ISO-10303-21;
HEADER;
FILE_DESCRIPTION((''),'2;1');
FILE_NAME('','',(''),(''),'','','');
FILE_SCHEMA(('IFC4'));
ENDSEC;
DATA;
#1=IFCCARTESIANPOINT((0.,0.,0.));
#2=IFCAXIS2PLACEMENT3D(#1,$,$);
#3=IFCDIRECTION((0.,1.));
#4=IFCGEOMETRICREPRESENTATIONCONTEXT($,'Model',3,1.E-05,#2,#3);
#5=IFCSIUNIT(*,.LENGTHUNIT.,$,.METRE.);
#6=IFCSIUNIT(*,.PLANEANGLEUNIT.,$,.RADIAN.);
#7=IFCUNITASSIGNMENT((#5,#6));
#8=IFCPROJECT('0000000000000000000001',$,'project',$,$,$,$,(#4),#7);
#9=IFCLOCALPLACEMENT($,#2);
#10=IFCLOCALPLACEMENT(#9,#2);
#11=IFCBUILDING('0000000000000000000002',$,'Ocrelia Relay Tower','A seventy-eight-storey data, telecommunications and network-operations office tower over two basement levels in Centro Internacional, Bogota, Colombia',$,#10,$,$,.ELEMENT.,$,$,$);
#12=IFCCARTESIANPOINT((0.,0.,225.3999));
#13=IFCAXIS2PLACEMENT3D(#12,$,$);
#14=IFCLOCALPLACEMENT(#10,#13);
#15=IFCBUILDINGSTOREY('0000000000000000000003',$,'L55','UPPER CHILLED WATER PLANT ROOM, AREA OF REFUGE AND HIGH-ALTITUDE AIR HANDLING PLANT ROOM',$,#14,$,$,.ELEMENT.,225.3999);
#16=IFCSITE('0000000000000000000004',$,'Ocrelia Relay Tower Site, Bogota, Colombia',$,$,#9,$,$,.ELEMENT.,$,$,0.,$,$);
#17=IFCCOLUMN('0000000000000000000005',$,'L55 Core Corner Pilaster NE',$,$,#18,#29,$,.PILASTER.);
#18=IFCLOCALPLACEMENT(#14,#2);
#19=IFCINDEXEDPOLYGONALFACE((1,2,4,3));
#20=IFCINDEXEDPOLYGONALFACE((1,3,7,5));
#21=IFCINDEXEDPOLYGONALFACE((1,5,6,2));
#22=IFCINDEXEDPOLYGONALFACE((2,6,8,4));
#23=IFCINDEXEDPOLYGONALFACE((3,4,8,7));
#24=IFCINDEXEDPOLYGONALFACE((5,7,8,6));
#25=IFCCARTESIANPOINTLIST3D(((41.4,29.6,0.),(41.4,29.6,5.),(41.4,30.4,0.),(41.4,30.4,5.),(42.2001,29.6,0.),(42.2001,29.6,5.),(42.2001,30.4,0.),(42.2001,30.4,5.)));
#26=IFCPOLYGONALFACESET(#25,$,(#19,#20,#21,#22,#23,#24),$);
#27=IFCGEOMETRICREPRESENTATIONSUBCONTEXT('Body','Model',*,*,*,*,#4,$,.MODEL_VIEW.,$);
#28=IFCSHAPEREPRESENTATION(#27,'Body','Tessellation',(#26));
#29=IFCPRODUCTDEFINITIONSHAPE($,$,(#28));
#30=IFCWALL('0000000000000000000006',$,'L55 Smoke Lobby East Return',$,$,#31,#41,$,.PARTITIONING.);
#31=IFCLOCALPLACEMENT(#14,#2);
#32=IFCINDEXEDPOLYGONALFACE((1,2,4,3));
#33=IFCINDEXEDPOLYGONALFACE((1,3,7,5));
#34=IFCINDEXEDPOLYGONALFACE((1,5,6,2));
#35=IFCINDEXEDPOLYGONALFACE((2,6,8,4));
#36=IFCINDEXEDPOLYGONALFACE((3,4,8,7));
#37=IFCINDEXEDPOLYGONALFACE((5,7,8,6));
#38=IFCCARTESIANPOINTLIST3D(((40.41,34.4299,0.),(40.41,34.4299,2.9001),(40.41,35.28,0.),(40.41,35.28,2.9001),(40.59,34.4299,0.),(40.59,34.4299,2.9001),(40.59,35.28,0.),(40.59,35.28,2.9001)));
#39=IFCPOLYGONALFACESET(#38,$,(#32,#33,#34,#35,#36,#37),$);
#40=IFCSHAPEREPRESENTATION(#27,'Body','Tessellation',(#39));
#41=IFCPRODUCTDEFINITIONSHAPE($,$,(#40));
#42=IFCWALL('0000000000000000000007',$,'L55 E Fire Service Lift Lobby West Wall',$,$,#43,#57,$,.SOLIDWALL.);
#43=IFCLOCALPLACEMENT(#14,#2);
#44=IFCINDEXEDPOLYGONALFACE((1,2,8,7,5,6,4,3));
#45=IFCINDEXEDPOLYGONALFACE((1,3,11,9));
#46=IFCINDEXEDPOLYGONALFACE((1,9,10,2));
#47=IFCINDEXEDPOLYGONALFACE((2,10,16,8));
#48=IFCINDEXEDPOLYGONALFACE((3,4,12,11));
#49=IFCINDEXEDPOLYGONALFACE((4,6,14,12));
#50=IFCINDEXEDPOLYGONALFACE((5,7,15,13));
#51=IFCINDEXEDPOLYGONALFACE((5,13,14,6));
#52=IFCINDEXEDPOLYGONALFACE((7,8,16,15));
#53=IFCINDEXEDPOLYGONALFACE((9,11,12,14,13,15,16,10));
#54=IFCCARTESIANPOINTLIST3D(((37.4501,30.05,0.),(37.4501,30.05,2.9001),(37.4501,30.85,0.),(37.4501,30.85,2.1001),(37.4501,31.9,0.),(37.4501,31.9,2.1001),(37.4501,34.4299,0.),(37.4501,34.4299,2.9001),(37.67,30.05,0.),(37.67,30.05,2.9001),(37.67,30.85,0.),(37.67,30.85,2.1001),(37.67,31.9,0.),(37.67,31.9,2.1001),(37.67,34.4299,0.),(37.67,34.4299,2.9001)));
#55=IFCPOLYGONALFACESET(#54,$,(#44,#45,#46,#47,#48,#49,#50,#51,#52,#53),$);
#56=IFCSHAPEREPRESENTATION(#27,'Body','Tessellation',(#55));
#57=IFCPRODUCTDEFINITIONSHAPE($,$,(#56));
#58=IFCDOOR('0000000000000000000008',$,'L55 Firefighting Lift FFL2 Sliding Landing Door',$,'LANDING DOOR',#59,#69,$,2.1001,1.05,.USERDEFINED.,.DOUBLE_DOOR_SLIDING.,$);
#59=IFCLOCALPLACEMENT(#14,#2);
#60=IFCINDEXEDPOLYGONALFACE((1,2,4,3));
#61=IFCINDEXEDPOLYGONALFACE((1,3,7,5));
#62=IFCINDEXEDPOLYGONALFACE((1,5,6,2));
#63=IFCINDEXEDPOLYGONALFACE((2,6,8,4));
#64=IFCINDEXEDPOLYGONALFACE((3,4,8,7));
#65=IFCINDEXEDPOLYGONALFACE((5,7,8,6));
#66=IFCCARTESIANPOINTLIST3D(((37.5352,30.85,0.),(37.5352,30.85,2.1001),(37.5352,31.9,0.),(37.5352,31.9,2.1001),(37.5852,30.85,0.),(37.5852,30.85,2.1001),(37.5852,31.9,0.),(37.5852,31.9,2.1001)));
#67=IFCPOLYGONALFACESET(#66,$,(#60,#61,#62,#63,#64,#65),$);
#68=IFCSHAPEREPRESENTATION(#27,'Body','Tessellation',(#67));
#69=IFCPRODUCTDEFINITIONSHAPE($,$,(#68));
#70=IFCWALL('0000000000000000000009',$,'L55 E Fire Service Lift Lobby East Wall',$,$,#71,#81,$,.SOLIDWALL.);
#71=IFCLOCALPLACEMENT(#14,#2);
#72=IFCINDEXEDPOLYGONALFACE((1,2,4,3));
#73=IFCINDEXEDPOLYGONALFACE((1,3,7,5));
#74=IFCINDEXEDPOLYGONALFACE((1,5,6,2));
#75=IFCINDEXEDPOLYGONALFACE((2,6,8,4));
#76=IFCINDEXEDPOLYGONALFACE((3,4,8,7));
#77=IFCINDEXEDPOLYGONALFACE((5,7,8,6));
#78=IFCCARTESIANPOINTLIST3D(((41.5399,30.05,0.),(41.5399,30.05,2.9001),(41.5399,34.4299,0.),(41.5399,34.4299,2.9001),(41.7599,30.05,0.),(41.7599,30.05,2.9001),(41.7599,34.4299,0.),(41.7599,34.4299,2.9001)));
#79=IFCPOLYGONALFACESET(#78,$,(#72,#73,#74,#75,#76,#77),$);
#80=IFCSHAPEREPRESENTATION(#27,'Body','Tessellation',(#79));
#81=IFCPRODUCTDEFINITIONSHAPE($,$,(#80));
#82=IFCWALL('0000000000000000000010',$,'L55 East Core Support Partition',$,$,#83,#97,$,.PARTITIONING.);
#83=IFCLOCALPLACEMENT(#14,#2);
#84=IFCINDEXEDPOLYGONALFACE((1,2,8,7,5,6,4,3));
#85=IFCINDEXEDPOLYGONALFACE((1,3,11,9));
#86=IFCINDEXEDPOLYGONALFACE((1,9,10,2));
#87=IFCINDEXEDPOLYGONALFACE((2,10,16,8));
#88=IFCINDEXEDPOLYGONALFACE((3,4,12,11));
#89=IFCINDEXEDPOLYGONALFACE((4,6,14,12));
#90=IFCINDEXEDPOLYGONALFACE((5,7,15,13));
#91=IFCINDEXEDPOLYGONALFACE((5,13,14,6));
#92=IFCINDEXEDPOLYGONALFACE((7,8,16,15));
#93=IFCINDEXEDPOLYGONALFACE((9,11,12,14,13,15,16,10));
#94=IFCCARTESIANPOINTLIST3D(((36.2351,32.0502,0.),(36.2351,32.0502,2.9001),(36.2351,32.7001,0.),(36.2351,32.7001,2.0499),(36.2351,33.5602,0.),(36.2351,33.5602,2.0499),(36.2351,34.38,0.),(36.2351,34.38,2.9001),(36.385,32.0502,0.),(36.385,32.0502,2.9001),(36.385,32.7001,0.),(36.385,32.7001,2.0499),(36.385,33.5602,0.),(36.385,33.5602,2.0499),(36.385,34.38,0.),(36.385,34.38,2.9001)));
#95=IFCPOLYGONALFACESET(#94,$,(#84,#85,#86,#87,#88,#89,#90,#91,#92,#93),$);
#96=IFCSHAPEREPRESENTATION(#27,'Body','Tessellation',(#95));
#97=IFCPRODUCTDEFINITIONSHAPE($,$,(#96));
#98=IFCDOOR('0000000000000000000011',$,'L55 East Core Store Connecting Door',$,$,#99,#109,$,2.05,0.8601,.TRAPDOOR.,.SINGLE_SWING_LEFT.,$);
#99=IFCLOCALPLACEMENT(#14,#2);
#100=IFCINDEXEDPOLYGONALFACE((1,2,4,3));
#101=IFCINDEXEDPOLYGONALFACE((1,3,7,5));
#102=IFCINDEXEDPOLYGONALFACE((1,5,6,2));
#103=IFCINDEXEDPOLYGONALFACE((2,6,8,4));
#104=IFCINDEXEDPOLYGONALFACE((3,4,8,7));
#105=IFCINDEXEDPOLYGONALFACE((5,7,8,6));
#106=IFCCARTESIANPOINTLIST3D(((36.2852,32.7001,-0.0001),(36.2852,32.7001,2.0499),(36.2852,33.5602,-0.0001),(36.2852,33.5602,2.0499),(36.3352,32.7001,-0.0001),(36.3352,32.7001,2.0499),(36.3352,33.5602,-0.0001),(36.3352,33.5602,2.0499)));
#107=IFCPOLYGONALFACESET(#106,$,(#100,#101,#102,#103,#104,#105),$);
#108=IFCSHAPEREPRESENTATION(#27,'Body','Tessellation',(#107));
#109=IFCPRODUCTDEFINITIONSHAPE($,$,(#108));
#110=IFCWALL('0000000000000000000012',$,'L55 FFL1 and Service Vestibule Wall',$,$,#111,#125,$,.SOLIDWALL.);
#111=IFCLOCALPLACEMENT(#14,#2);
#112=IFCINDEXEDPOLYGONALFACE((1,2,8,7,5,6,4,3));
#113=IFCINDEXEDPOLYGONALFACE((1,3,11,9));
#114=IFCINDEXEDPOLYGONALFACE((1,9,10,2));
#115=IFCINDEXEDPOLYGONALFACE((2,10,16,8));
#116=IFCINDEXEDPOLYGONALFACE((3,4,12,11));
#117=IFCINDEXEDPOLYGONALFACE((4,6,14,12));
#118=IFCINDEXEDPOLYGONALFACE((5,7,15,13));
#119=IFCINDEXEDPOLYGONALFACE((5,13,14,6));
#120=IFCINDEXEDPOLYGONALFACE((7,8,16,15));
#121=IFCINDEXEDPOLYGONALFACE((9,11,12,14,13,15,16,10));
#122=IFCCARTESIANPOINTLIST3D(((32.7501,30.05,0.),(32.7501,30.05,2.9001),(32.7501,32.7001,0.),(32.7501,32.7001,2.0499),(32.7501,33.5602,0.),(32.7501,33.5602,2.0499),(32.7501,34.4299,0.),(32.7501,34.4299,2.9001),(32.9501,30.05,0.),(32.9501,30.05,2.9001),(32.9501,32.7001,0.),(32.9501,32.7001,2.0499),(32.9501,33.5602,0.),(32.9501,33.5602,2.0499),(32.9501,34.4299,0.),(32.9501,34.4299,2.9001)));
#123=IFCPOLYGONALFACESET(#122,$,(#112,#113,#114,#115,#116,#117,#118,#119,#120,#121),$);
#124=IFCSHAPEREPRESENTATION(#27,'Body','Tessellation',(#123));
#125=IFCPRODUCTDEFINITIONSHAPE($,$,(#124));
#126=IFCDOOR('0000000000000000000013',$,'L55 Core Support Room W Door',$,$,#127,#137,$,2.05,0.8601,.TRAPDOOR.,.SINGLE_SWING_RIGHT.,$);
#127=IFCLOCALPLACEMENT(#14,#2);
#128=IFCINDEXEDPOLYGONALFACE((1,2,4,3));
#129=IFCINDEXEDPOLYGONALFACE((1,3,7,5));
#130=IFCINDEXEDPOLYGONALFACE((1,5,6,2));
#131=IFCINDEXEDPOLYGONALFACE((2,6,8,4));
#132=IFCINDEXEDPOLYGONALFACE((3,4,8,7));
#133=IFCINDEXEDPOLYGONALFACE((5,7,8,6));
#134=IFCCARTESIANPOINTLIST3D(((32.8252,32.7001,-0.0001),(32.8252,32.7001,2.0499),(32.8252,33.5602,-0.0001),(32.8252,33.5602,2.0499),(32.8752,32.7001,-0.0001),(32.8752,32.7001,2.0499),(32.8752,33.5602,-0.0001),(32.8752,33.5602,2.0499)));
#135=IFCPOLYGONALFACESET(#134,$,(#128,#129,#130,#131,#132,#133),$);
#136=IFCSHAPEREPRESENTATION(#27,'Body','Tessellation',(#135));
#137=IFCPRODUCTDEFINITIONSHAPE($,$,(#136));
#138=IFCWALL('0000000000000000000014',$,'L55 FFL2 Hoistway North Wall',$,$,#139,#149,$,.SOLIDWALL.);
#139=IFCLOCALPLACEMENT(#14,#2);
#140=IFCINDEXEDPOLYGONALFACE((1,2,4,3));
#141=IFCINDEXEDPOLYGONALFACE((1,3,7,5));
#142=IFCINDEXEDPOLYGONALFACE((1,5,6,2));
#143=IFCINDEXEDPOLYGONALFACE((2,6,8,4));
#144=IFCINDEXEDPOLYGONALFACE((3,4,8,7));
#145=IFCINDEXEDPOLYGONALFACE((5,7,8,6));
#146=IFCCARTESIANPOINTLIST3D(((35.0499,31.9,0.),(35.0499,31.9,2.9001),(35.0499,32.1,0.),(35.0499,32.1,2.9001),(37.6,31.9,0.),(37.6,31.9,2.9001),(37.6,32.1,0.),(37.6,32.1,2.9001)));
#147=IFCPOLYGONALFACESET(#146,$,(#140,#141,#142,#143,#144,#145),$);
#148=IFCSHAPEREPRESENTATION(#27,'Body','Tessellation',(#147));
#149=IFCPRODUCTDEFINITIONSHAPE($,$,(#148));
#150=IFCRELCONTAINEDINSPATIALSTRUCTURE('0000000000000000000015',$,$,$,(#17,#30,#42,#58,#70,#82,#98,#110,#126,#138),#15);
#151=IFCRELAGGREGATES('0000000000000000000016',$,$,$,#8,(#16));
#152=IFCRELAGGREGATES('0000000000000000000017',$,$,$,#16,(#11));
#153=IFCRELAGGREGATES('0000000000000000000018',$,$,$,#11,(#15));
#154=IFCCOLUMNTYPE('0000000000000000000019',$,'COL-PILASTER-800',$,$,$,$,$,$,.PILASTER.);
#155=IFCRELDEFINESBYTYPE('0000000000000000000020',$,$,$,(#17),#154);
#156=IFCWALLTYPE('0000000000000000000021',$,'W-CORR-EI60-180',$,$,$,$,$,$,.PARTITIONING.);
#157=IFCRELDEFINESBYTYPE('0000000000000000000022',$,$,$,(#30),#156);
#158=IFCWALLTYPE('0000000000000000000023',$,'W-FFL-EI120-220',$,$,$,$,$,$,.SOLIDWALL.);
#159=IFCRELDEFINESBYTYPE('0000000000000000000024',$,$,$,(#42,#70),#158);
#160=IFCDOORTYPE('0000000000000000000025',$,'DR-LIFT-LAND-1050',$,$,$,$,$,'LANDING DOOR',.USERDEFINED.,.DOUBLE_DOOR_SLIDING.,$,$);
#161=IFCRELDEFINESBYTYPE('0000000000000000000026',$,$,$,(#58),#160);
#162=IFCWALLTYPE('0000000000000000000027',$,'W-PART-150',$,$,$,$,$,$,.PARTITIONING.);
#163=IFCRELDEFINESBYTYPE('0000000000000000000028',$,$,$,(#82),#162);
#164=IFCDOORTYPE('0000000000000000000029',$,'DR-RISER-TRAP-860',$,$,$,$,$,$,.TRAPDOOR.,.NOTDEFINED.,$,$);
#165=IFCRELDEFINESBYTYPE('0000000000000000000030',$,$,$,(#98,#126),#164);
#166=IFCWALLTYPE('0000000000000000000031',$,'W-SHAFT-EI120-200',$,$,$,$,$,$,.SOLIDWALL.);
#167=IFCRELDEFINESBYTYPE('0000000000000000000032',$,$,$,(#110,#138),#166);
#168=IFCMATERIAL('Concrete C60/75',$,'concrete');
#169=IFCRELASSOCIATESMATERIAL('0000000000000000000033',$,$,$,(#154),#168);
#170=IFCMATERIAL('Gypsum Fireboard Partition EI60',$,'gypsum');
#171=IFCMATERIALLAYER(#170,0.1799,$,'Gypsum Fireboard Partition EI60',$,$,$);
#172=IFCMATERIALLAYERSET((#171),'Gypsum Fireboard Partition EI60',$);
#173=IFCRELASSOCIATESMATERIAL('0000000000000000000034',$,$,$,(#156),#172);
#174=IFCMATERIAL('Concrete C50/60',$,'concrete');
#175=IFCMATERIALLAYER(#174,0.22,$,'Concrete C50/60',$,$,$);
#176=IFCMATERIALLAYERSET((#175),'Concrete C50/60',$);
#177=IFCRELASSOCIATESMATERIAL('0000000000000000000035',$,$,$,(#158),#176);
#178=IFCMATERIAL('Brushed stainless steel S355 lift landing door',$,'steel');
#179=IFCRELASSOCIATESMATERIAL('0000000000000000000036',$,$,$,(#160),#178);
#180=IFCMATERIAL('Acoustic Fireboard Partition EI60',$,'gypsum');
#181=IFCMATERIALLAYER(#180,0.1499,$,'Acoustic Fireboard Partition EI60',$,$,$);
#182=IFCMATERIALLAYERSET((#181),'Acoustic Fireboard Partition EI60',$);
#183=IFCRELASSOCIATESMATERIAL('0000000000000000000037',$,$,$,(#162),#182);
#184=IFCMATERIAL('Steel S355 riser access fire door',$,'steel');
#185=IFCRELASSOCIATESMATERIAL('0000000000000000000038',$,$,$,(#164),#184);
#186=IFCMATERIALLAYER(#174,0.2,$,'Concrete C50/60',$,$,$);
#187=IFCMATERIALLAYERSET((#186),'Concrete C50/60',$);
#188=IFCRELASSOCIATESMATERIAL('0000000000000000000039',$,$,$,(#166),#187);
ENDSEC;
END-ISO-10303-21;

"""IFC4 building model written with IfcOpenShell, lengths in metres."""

from ifc_helpers import new_model, si_unit, direction, frame, frame_2d, origin, origin_2d, place, context, subcontext, project, spatial, rectangle, extrude, material, layer, layer_set, material_profile, profile_set, type_object, element, fill, save


model = new_model("IFC4")

# Units and contexts
model_context = context("Model", 3, precision=1e-05, world=origin(), true_north=direction((0.0, 1.0)))
body_context = subcontext(model_context, "Body", "Model", "MODEL_VIEW")
ifc_project = project(units=[si_unit("LENGTHUNIT", "METRE"), si_unit("PLANEANGLEUNIT", "RADIAN")], contexts=[model_context])

# Site, building, storey
site_placement = place(None, origin())
site = spatial("IfcSite", under=ifc_project, at=site_placement, Name="Ocrelia Relay Tower Site, Bogota, Colombia", CompositionType="ELEMENT", RefElevation=0.0)
building_placement = place(site_placement, origin())
building = spatial("IfcBuilding", under=site, at=building_placement, Name="Ocrelia Relay Tower", Description="A seventy-eight-storey data, telecommunications and network-operations office tower over two basement levels in Centro Internacional, Bogota, Colombia", CompositionType="ELEMENT")
storey_placement = place(building_placement, frame((0.0, 0.0, 225.3999)))
storey = spatial("IfcBuildingStorey", under=building, at=storey_placement, Name="L55", Description="UPPER CHILLED WATER PLANT ROOM, AREA OF REFUGE AND HIGH-ALTITUDE AIR HANDLING PLANT ROOM", CompositionType="ELEMENT", Elevation=225.3999)

# Column
ifc_material_1 = material(Name="Concrete C60/75", Category="concrete")
ifc_material_profile = material_profile(ifc_material_1, rectangle(XDim=0.8, YDim=0.8, at=origin_2d()), Name="RC-COL-800x800")
ifc_profile_set = profile_set([ifc_material_profile], Name="Concrete C60/75")
column_type = type_object("IfcColumnType", Name="COL-PILASTER-800", PredefinedType="PILASTER", material=ifc_profile_set)
column_placement = place(storey_placement, frame((41.8, 30.0, 0.0), z_axis=(0.0, 0.0, 1.0), x_axis=(1.0, 0.0, 0.0)))
element("IfcColumn", 1, at=column_placement, inside=storey, type_object=column_type, Name="L55 Core Corner Pilaster NE", PredefinedType="PILASTER", context=body_context, shape_type="SweptSolid", body=[
    extrude(rectangle(XDim=0.8, YDim=0.8, at=origin_2d()), origin(), (0.0, 0.0, 1.0), 5.0),
])

# Wall
ifc_material_2 = material(Name="Gypsum Fireboard Partition EI60", Category="gypsum")
ifc_layer_1 = layer(ifc_material_2, 0.1799, Name="Gypsum Fireboard Partition EI60")
ifc_layer_set_1 = layer_set([ifc_layer_1], Name="Gypsum Fireboard Partition EI60")
wall_type_1 = type_object("IfcWallType", Name="W-CORR-EI60-180", PredefinedType="PARTITIONING", material=ifc_layer_set_1)
wall_1_placement = place(storey_placement, frame((40.5, 35.28, 0.0), z_axis=(0.0, 0.0, 1.0), x_axis=(0.0, -1.0, 0.0)))
element("IfcWall", 2, at=wall_1_placement, inside=storey, type_object=wall_type_1, Name="L55 Smoke Lobby East Return", PredefinedType="PARTITIONING", context=body_context, shape_type="SweptSolid", body=[
    extrude(rectangle(XDim=0.8501, YDim=0.1799, at=frame_2d((0.425, 0.0))), origin(), (0.0, 0.0, 1.0), 2.9001),
])

# Wall, opening, door
ifc_material_3 = material(Name="Concrete C50/60", Category="concrete")
ifc_layer_2 = layer(ifc_material_3, 0.22, Name="Concrete C50/60")
ifc_layer_set_2 = layer_set([ifc_layer_2], Name="Concrete C50/60")
wall_type_2 = type_object("IfcWallType", Name="W-FFL-EI120-220", PredefinedType="SOLIDWALL", material=ifc_layer_set_2)
wall_2_placement = place(storey_placement, frame((37.5601, 30.05, 0.0), z_axis=(0.0, 0.0, 1.0), x_axis=(0.0, 1.0, 0.0)))
wall_2 = element("IfcWall", 3, at=wall_2_placement, inside=storey, type_object=wall_type_2, Name="L55 E Fire Service Lift Lobby West Wall", PredefinedType="SOLIDWALL", context=body_context, shape_type="SweptSolid", body=[
    extrude(rectangle(XDim=4.3799, YDim=0.22, at=frame_2d((2.1899, 0.0))), origin(), (0.0, 0.0, 1.0), 2.9001),
])
opening_1_placement = place(wall_2_placement, frame((0.8, 0.0, 0.0)))
opening_1 = element("IfcOpeningElement", 4, at=opening_1_placement, cuts=wall_2, PredefinedType="OPENING", context=body_context, shape_type="SweptSolid", body=[
    extrude(rectangle(XDim=1.05, YDim=2.1001, at=frame_2d((0.5249, 1.05))), frame((0.0, 0.1201, 0.0), z_axis=(0.0, -1.0, 0.0), x_axis=(1.0, 0.0, 0.0)), (0.0, 0.0, 1.0), 0.24),
])
ifc_material_4 = material(Name="Brushed stainless steel S355 lift landing door", Category="steel")
door_type_1 = type_object("IfcDoorType", Name="DR-LIFT-LAND-1050", ElementType="LANDING DOOR", OperationType="DOUBLE_DOOR_SLIDING", PredefinedType="USERDEFINED", material=ifc_material_4)
door_1_placement = place(opening_1_placement, origin())
door_1 = element("IfcDoor", 5, at=door_1_placement, inside=storey, type_object=door_type_1, Name="L55 Firefighting Lift FFL2 Sliding Landing Door", ObjectType="LANDING DOOR", OperationType="DOUBLE_DOOR_SLIDING", OverallHeight=2.1001, OverallWidth=1.05, PredefinedType="USERDEFINED", context=body_context, shape_type="SweptSolid", body=[
    extrude(rectangle(XDim=1.05, YDim=2.1001, at=frame_2d((0.5249, 1.05))), frame((0.0, 0.0249, 0.0), z_axis=(0.0, -1.0, 0.0), x_axis=(1.0, 0.0, 0.0)), (0.0, 0.0, 1.0), 0.05),
])
fill(opening_1, door_1)

# Wall
wall_3_placement = place(storey_placement, frame((41.6499, 30.05, 0.0), z_axis=(0.0, 0.0, 1.0), x_axis=(0.0, 1.0, 0.0)))
element("IfcWall", 6, at=wall_3_placement, inside=storey, type_object=wall_type_2, Name="L55 E Fire Service Lift Lobby East Wall", PredefinedType="SOLIDWALL", context=body_context, shape_type="SweptSolid", body=[
    extrude(rectangle(XDim=4.3799, YDim=0.22, at=frame_2d((2.1899, 0.0))), origin(), (0.0, 0.0, 1.0), 2.9001),
])

# Walls, openings, doors
ifc_material_5 = material(Name="Acoustic Fireboard Partition EI60", Category="gypsum")
ifc_layer_3 = layer(ifc_material_5, 0.1499, Name="Acoustic Fireboard Partition EI60")
ifc_layer_set_3 = layer_set([ifc_layer_3], Name="Acoustic Fireboard Partition EI60")
wall_type_3 = type_object("IfcWallType", Name="W-PART-150", PredefinedType="PARTITIONING", material=ifc_layer_set_3)
wall_4_placement = place(storey_placement, frame((36.3101, 32.05, 0.0), z_axis=(0.0, 0.0, 1.0), x_axis=(0.0, 1.0, 0.0)))
wall_4 = element("IfcWall", 7, at=wall_4_placement, inside=storey, type_object=wall_type_3, Name="L55 East Core Support Partition", PredefinedType="PARTITIONING", context=body_context, shape_type="SweptSolid", body=[
    extrude(rectangle(XDim=2.3298, YDim=0.1499, at=frame_2d((1.165, 0.0))), origin(), (0.0, 0.0, 1.0), 2.9001),
])
opening_2_placement = place(wall_4_placement, frame((0.6499, 0.0, 0.0)))
opening_2 = element("IfcOpeningElement", 8, at=opening_2_placement, cuts=wall_4, PredefinedType="OPENING", context=body_context, shape_type="SweptSolid", body=[
    extrude(rectangle(XDim=0.8601, YDim=2.05, at=frame_2d((0.4302, 1.0249))), frame((0.0, 0.085, 0.0), z_axis=(0.0, -1.0, 0.0), x_axis=(1.0, 0.0, 0.0)), (0.0, 0.0, 1.0), 0.1699),
])
ifc_material_6 = material(Name="Steel S355 riser access fire door", Category="steel")
door_type_2 = type_object("IfcDoorType", Name="DR-RISER-TRAP-860", OperationType="NOTDEFINED", PredefinedType="TRAPDOOR", material=ifc_material_6)
door_2_placement = place(opening_2_placement, origin())
door_2 = element("IfcDoor", 9, at=door_2_placement, inside=storey, type_object=door_type_2, Name="L55 East Core Store Connecting Door", OperationType="SINGLE_SWING_LEFT", OverallHeight=2.05, OverallWidth=0.8601, PredefinedType="TRAPDOOR", context=body_context, shape_type="SweptSolid", body=[
    extrude(rectangle(XDim=0.8601, YDim=2.05, at=frame_2d((0.4302, 1.0249))), frame((0.0, 0.0249, 0.0), z_axis=(0.0, -1.0, 0.0), x_axis=(1.0, 0.0, 0.0)), (0.0, 0.0, 1.0), 0.05),
])
fill(opening_2, door_2)
ifc_layer_4 = layer(ifc_material_3, 0.2, Name="Concrete C50/60")
ifc_layer_set_4 = layer_set([ifc_layer_4], Name="Concrete C50/60")
wall_type_4 = type_object("IfcWallType", Name="W-SHAFT-EI120-200", PredefinedType="SOLIDWALL", material=ifc_layer_set_4)
wall_5_placement = place(storey_placement, frame((32.8501, 30.05, 0.0), z_axis=(0.0, 0.0, 1.0), x_axis=(0.0, 1.0, 0.0)))
wall_5 = element("IfcWall", 10, at=wall_5_placement, inside=storey, type_object=wall_type_4, Name="L55 FFL1 and Service Vestibule Wall", PredefinedType="SOLIDWALL", context=body_context, shape_type="SweptSolid", body=[
    extrude(rectangle(XDim=4.3799, YDim=0.2, at=frame_2d((2.1899, 0.0))), origin(), (0.0, 0.0, 1.0), 2.9001),
])
opening_3_placement = place(wall_5_placement, frame((2.6499, 0.0, 0.0)))
opening_3 = element("IfcOpeningElement", 11, at=opening_3_placement, cuts=wall_5, PredefinedType="OPENING", context=body_context, shape_type="SweptSolid", body=[
    extrude(rectangle(XDim=0.8601, YDim=2.05, at=frame_2d((0.4302, 1.0249))), frame((0.0, 0.1099, 0.0), z_axis=(0.0, -1.0, 0.0), x_axis=(1.0, 0.0, 0.0)), (0.0, 0.0, 1.0), 0.22),
])
door_3_placement = place(opening_3_placement, origin())
door_3 = element("IfcDoor", 12, at=door_3_placement, inside=storey, type_object=door_type_2, Name="L55 Core Support Room W Door", OperationType="SINGLE_SWING_RIGHT", OverallHeight=2.05, OverallWidth=0.8601, PredefinedType="TRAPDOOR", context=body_context, shape_type="SweptSolid", body=[
    extrude(rectangle(XDim=0.8601, YDim=2.05, at=frame_2d((0.4302, 1.0249))), frame((0.0, 0.0249, 0.0), z_axis=(0.0, -1.0, 0.0), x_axis=(1.0, 0.0, 0.0)), (0.0, 0.0, 1.0), 0.05),
])
fill(opening_3, door_3)

# Wall
wall_6_placement = place(storey_placement, frame((35.05, 32.0, 0.0), z_axis=(0.0, 0.0, 1.0), x_axis=(1.0, 0.0, 0.0)))
element("IfcWall", 13, at=wall_6_placement, inside=storey, type_object=wall_type_4, Name="L55 FFL2 Hoistway North Wall", PredefinedType="SOLIDWALL", context=body_context, shape_type="SweptSolid", body=[
    extrude(rectangle(XDim=2.55, YDim=0.2, at=frame_2d((1.2749, 0.0))), origin(), (0.0, 0.0, 1.0), 2.9001),
])

save(model, "model.ifc")
